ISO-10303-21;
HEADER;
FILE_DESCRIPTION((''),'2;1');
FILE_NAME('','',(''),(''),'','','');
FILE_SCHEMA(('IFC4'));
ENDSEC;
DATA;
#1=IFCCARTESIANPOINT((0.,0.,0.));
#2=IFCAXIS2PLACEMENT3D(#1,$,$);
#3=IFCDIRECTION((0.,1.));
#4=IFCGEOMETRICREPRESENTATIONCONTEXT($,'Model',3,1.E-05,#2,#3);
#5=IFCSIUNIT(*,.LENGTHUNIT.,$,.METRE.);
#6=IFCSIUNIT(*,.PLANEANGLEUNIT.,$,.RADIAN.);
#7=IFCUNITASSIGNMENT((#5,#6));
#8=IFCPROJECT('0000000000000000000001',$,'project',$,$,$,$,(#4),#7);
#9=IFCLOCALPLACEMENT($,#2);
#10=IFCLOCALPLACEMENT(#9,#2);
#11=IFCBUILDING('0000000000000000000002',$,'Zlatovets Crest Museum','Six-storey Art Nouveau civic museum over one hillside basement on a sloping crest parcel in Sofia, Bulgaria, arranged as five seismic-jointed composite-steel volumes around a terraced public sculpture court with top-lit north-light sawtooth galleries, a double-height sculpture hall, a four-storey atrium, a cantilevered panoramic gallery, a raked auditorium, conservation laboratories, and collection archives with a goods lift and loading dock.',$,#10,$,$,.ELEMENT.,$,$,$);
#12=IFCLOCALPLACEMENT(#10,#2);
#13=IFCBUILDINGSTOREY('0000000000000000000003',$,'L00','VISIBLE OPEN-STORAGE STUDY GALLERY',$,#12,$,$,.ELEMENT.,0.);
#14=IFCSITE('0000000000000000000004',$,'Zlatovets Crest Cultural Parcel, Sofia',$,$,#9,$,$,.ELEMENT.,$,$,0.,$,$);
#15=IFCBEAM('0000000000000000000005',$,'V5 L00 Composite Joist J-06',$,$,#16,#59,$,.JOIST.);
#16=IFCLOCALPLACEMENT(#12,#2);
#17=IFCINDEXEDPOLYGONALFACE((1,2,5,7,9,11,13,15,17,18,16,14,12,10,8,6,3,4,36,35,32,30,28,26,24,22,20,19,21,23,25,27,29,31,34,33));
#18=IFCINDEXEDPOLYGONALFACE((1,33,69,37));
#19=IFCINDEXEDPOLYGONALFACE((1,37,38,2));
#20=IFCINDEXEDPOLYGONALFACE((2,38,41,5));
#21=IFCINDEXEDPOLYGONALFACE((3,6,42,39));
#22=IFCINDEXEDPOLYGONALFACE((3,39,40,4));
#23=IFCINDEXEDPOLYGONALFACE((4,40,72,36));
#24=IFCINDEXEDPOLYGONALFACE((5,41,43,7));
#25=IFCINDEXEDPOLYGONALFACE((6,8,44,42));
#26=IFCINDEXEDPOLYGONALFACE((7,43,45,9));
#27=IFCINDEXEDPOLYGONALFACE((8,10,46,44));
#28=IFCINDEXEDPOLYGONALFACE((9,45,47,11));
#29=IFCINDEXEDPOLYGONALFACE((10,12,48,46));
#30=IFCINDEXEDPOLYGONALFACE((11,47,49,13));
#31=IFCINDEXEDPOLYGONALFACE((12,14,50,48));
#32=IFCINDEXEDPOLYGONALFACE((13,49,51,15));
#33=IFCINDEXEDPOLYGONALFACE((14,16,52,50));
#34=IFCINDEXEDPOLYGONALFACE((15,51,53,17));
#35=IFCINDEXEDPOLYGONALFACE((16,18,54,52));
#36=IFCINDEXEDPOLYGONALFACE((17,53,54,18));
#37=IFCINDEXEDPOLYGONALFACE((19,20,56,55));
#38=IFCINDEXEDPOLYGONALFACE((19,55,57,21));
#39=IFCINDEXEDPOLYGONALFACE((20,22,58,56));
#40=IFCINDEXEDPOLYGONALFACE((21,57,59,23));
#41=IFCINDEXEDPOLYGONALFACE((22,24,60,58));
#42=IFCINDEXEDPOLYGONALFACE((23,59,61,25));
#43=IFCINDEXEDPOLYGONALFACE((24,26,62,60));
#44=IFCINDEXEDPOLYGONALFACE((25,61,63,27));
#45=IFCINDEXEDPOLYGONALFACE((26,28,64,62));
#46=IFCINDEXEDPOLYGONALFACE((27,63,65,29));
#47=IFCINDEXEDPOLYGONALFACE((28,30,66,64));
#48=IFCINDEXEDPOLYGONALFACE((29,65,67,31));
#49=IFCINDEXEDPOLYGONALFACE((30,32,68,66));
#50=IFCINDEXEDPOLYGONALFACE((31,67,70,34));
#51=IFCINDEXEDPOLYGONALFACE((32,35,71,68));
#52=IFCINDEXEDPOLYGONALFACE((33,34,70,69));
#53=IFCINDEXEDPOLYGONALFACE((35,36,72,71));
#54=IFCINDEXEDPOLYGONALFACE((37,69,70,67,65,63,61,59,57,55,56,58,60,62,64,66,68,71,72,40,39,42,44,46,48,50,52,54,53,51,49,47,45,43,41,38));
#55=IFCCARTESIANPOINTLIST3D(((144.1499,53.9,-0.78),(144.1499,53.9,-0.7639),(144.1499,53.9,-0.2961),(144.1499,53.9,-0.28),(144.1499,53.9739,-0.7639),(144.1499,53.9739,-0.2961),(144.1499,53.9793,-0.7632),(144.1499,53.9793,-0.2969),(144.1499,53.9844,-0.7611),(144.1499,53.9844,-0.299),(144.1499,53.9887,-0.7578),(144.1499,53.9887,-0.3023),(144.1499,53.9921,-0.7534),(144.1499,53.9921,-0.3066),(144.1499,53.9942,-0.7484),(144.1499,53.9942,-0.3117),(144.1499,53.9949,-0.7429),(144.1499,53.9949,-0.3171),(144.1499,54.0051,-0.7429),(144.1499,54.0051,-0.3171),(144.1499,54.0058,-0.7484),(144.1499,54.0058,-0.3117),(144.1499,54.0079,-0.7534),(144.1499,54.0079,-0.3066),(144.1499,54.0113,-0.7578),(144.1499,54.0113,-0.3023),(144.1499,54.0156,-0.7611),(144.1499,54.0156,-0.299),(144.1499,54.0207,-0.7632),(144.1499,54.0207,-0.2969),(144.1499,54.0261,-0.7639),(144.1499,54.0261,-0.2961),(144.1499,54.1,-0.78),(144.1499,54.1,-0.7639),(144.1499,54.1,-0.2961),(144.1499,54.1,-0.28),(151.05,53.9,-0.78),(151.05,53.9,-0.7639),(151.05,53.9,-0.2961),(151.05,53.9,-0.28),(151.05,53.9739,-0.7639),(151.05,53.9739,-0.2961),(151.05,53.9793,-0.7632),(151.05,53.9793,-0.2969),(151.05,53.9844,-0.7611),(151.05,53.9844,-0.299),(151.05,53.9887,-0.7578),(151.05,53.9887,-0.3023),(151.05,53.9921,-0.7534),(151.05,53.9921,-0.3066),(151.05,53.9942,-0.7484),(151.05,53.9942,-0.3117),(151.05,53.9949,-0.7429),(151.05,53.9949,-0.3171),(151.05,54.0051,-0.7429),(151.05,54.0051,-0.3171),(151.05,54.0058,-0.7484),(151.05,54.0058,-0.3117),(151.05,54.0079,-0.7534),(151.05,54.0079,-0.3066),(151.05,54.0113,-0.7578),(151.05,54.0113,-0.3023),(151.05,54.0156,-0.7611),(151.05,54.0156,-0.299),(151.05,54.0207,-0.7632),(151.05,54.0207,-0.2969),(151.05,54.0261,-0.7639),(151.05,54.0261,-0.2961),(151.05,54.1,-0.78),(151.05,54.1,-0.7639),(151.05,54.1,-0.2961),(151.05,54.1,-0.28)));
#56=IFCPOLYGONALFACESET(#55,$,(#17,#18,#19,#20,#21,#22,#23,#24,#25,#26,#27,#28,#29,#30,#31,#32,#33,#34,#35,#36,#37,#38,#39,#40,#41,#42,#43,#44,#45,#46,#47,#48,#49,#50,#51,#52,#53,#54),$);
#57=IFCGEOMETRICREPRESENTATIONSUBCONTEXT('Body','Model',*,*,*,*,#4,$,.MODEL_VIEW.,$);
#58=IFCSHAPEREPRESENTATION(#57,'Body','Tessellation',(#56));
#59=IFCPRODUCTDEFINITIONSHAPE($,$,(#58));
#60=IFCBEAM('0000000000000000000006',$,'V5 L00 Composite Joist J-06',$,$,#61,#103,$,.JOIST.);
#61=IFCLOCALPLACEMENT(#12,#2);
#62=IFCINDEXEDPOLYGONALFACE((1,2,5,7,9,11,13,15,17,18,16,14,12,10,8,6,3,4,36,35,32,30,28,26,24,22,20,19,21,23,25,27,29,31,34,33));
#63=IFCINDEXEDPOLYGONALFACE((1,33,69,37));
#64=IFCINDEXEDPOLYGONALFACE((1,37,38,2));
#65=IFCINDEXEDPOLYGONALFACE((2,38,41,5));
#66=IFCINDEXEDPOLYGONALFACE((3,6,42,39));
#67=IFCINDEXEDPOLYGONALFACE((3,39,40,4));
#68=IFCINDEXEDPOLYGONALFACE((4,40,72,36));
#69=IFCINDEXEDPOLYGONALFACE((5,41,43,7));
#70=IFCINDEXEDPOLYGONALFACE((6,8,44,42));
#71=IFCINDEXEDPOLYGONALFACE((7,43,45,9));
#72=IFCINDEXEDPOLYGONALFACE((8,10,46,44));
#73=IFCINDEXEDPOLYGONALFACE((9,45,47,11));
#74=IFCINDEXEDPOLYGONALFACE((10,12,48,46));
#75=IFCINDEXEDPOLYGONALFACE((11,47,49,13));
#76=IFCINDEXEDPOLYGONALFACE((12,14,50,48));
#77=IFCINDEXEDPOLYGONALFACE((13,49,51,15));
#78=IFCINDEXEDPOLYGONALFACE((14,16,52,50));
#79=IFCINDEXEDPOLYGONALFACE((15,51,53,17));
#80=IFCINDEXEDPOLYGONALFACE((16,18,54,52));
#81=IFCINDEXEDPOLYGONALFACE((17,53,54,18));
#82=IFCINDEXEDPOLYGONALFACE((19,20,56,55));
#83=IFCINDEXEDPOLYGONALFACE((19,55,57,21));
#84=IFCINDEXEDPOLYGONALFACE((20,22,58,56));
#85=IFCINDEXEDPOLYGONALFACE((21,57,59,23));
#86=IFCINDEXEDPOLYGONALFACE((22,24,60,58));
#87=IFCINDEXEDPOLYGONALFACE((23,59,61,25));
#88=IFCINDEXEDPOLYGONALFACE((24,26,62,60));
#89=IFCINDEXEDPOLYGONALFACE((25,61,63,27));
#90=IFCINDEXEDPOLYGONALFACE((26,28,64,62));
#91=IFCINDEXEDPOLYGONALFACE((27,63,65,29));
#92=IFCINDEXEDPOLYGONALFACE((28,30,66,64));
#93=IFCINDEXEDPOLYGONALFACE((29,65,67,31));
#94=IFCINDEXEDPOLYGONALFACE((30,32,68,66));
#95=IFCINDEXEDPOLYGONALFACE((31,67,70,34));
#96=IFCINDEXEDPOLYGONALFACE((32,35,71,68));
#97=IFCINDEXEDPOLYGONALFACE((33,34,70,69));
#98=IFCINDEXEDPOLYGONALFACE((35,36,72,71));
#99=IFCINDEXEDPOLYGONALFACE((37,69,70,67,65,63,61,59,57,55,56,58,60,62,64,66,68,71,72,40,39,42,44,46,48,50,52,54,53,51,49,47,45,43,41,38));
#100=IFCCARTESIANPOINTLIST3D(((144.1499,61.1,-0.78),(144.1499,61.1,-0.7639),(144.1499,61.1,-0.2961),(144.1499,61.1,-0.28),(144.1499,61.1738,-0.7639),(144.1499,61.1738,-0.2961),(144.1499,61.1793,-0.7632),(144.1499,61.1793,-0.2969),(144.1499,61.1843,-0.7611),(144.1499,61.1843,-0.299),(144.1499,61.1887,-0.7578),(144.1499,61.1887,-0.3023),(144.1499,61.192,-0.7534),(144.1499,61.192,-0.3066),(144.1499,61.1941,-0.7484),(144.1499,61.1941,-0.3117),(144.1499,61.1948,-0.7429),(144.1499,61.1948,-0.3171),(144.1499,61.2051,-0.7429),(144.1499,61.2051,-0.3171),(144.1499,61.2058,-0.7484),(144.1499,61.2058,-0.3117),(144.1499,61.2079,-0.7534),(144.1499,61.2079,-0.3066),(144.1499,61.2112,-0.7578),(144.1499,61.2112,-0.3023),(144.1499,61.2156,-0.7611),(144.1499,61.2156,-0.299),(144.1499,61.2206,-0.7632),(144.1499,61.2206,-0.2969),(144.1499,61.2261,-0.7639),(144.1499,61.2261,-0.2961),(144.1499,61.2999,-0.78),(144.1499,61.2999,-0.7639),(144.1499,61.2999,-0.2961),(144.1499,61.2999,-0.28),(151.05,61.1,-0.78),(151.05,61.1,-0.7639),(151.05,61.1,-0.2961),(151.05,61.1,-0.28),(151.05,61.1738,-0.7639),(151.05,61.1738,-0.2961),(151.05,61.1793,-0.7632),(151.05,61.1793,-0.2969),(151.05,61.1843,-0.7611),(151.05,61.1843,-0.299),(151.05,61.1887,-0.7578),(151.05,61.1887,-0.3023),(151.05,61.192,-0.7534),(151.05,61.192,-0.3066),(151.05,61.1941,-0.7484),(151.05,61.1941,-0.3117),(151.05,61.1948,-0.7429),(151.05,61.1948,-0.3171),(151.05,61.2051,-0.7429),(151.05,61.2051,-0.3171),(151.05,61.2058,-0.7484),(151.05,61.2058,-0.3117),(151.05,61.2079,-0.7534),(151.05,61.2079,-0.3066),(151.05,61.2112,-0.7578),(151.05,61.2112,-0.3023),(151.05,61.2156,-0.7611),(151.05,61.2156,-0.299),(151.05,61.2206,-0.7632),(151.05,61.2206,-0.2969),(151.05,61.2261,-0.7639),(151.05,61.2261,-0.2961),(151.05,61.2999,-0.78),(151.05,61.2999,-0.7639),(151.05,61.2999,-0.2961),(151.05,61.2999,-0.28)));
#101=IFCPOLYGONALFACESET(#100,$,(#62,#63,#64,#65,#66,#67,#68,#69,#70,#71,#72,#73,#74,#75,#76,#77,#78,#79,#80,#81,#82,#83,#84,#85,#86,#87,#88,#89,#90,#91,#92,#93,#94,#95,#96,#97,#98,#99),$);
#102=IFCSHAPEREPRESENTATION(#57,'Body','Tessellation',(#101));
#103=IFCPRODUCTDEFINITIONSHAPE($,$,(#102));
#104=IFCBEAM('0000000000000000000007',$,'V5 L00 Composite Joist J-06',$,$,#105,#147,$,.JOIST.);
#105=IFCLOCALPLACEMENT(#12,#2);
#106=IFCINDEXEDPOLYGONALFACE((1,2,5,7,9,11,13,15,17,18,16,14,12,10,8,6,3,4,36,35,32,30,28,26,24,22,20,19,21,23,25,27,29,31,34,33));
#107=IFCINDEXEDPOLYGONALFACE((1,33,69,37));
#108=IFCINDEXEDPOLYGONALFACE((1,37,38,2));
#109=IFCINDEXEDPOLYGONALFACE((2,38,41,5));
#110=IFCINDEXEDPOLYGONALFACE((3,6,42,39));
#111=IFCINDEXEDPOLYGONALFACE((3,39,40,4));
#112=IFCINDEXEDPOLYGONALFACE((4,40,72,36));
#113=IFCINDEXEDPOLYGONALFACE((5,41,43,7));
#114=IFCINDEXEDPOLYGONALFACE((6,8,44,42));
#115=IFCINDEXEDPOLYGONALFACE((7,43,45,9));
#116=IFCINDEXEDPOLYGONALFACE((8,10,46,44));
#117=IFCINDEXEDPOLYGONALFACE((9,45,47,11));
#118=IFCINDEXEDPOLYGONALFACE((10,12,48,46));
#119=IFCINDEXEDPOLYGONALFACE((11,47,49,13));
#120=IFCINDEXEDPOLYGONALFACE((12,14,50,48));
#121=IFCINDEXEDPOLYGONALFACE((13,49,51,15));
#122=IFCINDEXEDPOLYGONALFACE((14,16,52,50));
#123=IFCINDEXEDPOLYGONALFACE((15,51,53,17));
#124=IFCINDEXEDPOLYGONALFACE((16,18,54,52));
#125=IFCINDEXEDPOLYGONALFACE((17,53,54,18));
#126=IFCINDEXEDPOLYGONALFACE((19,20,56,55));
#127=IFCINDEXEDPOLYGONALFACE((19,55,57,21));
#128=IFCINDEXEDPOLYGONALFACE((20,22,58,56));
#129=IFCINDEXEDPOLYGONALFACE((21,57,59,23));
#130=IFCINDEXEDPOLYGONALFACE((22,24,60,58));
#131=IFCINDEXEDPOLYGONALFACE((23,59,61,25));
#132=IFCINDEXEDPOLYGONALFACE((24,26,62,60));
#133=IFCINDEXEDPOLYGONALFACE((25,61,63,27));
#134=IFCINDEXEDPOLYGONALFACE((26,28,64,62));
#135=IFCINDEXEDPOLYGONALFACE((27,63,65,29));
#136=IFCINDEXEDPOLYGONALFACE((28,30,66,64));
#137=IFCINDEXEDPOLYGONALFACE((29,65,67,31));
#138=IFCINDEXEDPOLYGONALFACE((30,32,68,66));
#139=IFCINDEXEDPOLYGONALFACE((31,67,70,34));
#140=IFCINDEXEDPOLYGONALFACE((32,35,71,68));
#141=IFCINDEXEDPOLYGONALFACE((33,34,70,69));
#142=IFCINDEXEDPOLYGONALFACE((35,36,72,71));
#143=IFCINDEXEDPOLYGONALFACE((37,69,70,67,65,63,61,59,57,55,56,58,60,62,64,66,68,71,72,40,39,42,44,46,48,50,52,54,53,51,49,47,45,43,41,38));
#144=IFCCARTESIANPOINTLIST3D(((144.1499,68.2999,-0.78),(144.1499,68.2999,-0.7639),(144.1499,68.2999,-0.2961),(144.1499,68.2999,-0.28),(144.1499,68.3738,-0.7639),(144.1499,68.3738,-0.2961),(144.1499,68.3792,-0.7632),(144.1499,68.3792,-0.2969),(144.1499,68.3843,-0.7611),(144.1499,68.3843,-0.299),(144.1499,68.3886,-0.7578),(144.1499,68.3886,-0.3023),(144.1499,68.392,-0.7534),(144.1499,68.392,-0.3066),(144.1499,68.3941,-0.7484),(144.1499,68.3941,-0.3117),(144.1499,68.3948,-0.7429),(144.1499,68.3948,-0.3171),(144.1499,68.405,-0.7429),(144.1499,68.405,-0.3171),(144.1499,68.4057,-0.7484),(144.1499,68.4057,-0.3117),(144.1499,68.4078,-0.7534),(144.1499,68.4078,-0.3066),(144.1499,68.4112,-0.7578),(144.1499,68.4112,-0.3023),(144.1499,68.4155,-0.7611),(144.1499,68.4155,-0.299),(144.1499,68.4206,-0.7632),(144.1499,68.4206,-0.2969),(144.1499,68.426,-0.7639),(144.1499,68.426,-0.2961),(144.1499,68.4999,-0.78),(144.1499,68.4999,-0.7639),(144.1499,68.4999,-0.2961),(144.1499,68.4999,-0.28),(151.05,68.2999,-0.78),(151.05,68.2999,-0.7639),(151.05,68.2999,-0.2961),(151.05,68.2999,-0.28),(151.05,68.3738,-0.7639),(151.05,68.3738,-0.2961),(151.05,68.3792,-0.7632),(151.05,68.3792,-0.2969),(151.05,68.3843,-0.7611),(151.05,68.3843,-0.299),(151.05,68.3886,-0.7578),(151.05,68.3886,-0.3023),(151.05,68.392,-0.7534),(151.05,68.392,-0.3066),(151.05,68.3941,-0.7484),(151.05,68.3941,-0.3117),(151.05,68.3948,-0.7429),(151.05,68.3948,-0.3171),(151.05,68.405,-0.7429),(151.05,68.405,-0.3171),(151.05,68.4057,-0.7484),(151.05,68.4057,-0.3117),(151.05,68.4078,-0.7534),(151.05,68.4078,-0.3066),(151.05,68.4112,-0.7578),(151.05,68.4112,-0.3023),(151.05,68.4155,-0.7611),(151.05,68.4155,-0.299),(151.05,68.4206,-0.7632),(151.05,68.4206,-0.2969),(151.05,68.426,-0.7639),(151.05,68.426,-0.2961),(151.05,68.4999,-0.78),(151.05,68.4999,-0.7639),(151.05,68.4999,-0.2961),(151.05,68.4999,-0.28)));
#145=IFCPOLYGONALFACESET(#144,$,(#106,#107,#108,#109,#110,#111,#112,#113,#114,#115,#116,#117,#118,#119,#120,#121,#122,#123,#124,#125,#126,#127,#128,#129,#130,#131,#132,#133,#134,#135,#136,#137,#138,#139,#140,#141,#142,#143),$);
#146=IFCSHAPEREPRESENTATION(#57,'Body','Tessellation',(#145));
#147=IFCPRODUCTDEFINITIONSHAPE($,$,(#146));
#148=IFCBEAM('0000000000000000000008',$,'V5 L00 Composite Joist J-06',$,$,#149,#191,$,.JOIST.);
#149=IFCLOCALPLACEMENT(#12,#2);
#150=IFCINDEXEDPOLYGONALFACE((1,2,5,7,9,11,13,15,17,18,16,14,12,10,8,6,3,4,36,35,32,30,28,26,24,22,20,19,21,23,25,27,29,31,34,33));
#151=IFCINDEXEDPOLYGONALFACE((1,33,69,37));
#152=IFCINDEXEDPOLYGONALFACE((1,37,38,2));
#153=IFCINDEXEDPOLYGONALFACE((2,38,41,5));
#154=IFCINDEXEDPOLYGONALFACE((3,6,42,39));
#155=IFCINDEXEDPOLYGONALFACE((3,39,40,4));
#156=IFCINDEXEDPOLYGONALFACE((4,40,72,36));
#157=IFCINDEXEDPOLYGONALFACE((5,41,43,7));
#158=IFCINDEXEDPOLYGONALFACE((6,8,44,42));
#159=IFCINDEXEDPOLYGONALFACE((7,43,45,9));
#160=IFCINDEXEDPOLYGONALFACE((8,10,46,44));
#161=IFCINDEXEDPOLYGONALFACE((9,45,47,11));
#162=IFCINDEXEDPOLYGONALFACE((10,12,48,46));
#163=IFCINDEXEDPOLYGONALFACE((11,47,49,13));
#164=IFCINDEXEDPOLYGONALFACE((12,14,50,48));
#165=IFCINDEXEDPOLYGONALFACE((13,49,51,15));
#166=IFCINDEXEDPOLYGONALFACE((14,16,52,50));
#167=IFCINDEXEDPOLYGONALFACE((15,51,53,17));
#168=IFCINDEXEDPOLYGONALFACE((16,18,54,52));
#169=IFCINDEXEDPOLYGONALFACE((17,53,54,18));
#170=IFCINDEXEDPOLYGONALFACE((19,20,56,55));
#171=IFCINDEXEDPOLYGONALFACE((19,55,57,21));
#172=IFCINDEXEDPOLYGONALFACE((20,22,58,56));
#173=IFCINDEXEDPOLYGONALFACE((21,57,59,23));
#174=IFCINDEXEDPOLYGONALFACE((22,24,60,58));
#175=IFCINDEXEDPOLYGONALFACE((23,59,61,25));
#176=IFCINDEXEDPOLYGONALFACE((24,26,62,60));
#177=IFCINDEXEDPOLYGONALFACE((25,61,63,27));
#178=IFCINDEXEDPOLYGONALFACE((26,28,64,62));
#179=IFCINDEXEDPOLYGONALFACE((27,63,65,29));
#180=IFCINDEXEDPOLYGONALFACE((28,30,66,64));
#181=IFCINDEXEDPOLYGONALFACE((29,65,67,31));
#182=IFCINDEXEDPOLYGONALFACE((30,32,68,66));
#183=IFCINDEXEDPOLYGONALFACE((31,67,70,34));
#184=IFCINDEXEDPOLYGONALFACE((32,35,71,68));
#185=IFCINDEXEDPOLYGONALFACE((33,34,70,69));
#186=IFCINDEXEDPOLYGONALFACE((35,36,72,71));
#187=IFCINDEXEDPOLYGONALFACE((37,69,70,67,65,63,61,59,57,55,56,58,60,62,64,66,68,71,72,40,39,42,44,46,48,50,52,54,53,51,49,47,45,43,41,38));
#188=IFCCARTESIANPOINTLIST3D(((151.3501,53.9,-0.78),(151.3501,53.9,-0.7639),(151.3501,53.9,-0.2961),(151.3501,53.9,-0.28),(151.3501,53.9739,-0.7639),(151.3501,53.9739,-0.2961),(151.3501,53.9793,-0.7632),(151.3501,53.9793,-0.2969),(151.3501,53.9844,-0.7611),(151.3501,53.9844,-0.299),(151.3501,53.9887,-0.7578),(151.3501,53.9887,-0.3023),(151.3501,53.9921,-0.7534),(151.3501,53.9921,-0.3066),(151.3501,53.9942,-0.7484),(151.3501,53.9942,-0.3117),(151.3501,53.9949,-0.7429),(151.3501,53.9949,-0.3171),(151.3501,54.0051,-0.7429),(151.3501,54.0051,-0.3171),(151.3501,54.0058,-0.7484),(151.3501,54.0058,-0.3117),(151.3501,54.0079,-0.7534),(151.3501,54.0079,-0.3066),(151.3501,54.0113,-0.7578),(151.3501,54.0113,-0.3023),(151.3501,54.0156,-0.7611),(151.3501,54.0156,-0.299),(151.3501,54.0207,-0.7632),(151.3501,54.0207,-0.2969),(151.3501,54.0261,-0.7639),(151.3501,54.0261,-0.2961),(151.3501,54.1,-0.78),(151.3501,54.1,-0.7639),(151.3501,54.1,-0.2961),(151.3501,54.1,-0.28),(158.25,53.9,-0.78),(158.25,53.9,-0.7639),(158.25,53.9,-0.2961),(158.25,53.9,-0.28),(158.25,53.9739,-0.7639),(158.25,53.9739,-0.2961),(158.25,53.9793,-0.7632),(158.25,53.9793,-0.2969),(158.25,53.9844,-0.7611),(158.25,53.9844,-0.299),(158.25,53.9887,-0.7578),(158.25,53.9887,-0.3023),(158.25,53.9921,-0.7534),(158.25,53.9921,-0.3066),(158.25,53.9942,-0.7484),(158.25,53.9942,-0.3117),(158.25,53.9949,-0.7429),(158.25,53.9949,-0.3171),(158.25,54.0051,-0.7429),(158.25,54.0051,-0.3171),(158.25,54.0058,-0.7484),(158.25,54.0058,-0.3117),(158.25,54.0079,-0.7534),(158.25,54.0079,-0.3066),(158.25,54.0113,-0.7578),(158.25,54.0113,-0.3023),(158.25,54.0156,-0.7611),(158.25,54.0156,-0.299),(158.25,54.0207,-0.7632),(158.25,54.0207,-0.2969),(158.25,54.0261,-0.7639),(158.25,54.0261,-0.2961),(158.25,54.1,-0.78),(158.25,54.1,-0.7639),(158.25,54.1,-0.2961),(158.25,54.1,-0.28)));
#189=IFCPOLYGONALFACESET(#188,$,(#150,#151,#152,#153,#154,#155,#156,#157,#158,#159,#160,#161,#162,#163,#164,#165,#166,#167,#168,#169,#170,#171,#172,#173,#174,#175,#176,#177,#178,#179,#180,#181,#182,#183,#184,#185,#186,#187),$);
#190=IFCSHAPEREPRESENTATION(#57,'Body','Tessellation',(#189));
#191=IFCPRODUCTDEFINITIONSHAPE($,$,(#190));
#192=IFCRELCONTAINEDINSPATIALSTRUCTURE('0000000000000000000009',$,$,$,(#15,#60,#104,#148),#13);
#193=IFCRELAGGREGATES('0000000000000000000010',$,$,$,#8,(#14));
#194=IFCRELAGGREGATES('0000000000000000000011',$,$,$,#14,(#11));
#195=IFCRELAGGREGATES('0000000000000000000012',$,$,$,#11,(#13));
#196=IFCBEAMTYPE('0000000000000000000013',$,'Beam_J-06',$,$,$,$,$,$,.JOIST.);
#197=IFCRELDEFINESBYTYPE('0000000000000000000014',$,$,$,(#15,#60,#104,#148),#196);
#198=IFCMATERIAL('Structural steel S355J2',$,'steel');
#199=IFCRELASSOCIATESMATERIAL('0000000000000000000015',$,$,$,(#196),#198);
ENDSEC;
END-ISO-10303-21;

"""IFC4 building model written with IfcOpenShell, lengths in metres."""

from ifc_helpers import new_model, si_unit, direction, frame, origin, origin_2d, place, context, subcontext, project, spatial, i_section, extrude, material, material_profile, profile_set, type_object, element, save


model = new_model("IFC4")

# Units and contexts
model_context = context("Model", 3, precision=1e-05, world=origin(), true_north=direction((0.0, 1.0)))
body_context = subcontext(model_context, "Body", "Model", "MODEL_VIEW")
ifc_project = project(units=[si_unit("LENGTHUNIT", "METRE"), si_unit("PLANEANGLEUNIT", "RADIAN")], contexts=[model_context])

# Site, building, storey
site_placement = place(None, origin())
site = spatial("IfcSite", under=ifc_project, at=site_placement, Name="Zlatovets Crest Cultural Parcel, Sofia", CompositionType="ELEMENT", RefElevation=0.0)
building_placement = place(site_placement, origin())
building = spatial("IfcBuilding", under=site, at=building_placement, Name="Zlatovets Crest Museum", Description="Six-storey Art Nouveau civic museum over one hillside basement on a sloping crest parcel in Sofia, Bulgaria, arranged as five seismic-jointed composite-steel volumes around a terraced public sculpture court with top-lit north-light sawtooth galleries, a double-height sculpture hall, a four-storey atrium, a cantilevered panoramic gallery, a raked auditorium, conservation laboratories, and collection archives with a goods lift and loading dock.", CompositionType="ELEMENT")
storey_placement = place(building_placement, origin())
storey = spatial("IfcBuildingStorey", under=building, at=storey_placement, Name="L00", Description="VISIBLE OPEN-STORAGE STUDY GALLERY", CompositionType="ELEMENT", Elevation=0.0)

# Shared definitions
ifc_material = material(Name="Structural steel S355J2", Category="steel")

# Beams
ifc_material_profile_1 = material_profile(ifc_material, i_section(OverallWidth=0.2, OverallDepth=0.5, WebThickness=0.0103, FlangeThickness=0.0161, FilletRadius=0.021, at=origin_2d()), Name="IPE 500")
ifc_profile_set_1 = profile_set([ifc_material_profile_1], Name="Structural steel S355J2")
beam_type_1 = type_object("IfcBeamType", Name="Beam_J-06", PredefinedType="JOIST", material=ifc_profile_set_1)
for number, where, z_axis, x_axis, name in (
    (1, (144.1499, 54.0, -0.53), (1.0, 0.0, 0.0), (0.0, 1.0, 0.0), "V5 L00 Composite Joist J-06"),
    (2, (144.1499, 61.2, -0.53), (1.0, 0.0, 0.0), (0.0, 1.0, 0.0), "V5 L00 Composite Joist J-06"),
    (3, (144.1499, 68.3999, -0.53), (1.0, 0.0, 0.0), (0.0, 1.0, 0.0), "V5 L00 Composite Joist J-06"),
):
    element("IfcBeam", number, at=place(storey_placement, frame(where, z_axis=z_axis, x_axis=x_axis)), inside=storey, type_object=beam_type_1, Name=name, PredefinedType="JOIST", context=body_context, shape_type="SweptSolid", body=[
        extrude(i_section(OverallWidth=0.2, OverallDepth=0.5, WebThickness=0.0103, FlangeThickness=0.0161, FilletRadius=0.021, at=origin_2d()), origin(), (0.0, 0.0, 1.0), 6.9001),
    ])
for number, where, z_axis, x_axis, name in (
    (4, (151.3501, 54.0, -0.53), (1.0, 0.0, 0.0), (0.0, 1.0, 0.0), "V5 L00 Composite Joist J-06"),
):
    element("IfcBeam", number, at=place(storey_placement, frame(where, z_axis=z_axis, x_axis=x_axis)), inside=storey, type_object=beam_type_1, Name=name, PredefinedType="JOIST", context=body_context, shape_type="SweptSolid", body=[
        extrude(i_section(OverallWidth=0.2, OverallDepth=0.5, WebThickness=0.0103, FlangeThickness=0.0161, FilletRadius=0.021, at=origin_2d()), origin(), (0.0, 0.0, 1.0), 6.8999),
    ])

save(model, "model.ifc")
